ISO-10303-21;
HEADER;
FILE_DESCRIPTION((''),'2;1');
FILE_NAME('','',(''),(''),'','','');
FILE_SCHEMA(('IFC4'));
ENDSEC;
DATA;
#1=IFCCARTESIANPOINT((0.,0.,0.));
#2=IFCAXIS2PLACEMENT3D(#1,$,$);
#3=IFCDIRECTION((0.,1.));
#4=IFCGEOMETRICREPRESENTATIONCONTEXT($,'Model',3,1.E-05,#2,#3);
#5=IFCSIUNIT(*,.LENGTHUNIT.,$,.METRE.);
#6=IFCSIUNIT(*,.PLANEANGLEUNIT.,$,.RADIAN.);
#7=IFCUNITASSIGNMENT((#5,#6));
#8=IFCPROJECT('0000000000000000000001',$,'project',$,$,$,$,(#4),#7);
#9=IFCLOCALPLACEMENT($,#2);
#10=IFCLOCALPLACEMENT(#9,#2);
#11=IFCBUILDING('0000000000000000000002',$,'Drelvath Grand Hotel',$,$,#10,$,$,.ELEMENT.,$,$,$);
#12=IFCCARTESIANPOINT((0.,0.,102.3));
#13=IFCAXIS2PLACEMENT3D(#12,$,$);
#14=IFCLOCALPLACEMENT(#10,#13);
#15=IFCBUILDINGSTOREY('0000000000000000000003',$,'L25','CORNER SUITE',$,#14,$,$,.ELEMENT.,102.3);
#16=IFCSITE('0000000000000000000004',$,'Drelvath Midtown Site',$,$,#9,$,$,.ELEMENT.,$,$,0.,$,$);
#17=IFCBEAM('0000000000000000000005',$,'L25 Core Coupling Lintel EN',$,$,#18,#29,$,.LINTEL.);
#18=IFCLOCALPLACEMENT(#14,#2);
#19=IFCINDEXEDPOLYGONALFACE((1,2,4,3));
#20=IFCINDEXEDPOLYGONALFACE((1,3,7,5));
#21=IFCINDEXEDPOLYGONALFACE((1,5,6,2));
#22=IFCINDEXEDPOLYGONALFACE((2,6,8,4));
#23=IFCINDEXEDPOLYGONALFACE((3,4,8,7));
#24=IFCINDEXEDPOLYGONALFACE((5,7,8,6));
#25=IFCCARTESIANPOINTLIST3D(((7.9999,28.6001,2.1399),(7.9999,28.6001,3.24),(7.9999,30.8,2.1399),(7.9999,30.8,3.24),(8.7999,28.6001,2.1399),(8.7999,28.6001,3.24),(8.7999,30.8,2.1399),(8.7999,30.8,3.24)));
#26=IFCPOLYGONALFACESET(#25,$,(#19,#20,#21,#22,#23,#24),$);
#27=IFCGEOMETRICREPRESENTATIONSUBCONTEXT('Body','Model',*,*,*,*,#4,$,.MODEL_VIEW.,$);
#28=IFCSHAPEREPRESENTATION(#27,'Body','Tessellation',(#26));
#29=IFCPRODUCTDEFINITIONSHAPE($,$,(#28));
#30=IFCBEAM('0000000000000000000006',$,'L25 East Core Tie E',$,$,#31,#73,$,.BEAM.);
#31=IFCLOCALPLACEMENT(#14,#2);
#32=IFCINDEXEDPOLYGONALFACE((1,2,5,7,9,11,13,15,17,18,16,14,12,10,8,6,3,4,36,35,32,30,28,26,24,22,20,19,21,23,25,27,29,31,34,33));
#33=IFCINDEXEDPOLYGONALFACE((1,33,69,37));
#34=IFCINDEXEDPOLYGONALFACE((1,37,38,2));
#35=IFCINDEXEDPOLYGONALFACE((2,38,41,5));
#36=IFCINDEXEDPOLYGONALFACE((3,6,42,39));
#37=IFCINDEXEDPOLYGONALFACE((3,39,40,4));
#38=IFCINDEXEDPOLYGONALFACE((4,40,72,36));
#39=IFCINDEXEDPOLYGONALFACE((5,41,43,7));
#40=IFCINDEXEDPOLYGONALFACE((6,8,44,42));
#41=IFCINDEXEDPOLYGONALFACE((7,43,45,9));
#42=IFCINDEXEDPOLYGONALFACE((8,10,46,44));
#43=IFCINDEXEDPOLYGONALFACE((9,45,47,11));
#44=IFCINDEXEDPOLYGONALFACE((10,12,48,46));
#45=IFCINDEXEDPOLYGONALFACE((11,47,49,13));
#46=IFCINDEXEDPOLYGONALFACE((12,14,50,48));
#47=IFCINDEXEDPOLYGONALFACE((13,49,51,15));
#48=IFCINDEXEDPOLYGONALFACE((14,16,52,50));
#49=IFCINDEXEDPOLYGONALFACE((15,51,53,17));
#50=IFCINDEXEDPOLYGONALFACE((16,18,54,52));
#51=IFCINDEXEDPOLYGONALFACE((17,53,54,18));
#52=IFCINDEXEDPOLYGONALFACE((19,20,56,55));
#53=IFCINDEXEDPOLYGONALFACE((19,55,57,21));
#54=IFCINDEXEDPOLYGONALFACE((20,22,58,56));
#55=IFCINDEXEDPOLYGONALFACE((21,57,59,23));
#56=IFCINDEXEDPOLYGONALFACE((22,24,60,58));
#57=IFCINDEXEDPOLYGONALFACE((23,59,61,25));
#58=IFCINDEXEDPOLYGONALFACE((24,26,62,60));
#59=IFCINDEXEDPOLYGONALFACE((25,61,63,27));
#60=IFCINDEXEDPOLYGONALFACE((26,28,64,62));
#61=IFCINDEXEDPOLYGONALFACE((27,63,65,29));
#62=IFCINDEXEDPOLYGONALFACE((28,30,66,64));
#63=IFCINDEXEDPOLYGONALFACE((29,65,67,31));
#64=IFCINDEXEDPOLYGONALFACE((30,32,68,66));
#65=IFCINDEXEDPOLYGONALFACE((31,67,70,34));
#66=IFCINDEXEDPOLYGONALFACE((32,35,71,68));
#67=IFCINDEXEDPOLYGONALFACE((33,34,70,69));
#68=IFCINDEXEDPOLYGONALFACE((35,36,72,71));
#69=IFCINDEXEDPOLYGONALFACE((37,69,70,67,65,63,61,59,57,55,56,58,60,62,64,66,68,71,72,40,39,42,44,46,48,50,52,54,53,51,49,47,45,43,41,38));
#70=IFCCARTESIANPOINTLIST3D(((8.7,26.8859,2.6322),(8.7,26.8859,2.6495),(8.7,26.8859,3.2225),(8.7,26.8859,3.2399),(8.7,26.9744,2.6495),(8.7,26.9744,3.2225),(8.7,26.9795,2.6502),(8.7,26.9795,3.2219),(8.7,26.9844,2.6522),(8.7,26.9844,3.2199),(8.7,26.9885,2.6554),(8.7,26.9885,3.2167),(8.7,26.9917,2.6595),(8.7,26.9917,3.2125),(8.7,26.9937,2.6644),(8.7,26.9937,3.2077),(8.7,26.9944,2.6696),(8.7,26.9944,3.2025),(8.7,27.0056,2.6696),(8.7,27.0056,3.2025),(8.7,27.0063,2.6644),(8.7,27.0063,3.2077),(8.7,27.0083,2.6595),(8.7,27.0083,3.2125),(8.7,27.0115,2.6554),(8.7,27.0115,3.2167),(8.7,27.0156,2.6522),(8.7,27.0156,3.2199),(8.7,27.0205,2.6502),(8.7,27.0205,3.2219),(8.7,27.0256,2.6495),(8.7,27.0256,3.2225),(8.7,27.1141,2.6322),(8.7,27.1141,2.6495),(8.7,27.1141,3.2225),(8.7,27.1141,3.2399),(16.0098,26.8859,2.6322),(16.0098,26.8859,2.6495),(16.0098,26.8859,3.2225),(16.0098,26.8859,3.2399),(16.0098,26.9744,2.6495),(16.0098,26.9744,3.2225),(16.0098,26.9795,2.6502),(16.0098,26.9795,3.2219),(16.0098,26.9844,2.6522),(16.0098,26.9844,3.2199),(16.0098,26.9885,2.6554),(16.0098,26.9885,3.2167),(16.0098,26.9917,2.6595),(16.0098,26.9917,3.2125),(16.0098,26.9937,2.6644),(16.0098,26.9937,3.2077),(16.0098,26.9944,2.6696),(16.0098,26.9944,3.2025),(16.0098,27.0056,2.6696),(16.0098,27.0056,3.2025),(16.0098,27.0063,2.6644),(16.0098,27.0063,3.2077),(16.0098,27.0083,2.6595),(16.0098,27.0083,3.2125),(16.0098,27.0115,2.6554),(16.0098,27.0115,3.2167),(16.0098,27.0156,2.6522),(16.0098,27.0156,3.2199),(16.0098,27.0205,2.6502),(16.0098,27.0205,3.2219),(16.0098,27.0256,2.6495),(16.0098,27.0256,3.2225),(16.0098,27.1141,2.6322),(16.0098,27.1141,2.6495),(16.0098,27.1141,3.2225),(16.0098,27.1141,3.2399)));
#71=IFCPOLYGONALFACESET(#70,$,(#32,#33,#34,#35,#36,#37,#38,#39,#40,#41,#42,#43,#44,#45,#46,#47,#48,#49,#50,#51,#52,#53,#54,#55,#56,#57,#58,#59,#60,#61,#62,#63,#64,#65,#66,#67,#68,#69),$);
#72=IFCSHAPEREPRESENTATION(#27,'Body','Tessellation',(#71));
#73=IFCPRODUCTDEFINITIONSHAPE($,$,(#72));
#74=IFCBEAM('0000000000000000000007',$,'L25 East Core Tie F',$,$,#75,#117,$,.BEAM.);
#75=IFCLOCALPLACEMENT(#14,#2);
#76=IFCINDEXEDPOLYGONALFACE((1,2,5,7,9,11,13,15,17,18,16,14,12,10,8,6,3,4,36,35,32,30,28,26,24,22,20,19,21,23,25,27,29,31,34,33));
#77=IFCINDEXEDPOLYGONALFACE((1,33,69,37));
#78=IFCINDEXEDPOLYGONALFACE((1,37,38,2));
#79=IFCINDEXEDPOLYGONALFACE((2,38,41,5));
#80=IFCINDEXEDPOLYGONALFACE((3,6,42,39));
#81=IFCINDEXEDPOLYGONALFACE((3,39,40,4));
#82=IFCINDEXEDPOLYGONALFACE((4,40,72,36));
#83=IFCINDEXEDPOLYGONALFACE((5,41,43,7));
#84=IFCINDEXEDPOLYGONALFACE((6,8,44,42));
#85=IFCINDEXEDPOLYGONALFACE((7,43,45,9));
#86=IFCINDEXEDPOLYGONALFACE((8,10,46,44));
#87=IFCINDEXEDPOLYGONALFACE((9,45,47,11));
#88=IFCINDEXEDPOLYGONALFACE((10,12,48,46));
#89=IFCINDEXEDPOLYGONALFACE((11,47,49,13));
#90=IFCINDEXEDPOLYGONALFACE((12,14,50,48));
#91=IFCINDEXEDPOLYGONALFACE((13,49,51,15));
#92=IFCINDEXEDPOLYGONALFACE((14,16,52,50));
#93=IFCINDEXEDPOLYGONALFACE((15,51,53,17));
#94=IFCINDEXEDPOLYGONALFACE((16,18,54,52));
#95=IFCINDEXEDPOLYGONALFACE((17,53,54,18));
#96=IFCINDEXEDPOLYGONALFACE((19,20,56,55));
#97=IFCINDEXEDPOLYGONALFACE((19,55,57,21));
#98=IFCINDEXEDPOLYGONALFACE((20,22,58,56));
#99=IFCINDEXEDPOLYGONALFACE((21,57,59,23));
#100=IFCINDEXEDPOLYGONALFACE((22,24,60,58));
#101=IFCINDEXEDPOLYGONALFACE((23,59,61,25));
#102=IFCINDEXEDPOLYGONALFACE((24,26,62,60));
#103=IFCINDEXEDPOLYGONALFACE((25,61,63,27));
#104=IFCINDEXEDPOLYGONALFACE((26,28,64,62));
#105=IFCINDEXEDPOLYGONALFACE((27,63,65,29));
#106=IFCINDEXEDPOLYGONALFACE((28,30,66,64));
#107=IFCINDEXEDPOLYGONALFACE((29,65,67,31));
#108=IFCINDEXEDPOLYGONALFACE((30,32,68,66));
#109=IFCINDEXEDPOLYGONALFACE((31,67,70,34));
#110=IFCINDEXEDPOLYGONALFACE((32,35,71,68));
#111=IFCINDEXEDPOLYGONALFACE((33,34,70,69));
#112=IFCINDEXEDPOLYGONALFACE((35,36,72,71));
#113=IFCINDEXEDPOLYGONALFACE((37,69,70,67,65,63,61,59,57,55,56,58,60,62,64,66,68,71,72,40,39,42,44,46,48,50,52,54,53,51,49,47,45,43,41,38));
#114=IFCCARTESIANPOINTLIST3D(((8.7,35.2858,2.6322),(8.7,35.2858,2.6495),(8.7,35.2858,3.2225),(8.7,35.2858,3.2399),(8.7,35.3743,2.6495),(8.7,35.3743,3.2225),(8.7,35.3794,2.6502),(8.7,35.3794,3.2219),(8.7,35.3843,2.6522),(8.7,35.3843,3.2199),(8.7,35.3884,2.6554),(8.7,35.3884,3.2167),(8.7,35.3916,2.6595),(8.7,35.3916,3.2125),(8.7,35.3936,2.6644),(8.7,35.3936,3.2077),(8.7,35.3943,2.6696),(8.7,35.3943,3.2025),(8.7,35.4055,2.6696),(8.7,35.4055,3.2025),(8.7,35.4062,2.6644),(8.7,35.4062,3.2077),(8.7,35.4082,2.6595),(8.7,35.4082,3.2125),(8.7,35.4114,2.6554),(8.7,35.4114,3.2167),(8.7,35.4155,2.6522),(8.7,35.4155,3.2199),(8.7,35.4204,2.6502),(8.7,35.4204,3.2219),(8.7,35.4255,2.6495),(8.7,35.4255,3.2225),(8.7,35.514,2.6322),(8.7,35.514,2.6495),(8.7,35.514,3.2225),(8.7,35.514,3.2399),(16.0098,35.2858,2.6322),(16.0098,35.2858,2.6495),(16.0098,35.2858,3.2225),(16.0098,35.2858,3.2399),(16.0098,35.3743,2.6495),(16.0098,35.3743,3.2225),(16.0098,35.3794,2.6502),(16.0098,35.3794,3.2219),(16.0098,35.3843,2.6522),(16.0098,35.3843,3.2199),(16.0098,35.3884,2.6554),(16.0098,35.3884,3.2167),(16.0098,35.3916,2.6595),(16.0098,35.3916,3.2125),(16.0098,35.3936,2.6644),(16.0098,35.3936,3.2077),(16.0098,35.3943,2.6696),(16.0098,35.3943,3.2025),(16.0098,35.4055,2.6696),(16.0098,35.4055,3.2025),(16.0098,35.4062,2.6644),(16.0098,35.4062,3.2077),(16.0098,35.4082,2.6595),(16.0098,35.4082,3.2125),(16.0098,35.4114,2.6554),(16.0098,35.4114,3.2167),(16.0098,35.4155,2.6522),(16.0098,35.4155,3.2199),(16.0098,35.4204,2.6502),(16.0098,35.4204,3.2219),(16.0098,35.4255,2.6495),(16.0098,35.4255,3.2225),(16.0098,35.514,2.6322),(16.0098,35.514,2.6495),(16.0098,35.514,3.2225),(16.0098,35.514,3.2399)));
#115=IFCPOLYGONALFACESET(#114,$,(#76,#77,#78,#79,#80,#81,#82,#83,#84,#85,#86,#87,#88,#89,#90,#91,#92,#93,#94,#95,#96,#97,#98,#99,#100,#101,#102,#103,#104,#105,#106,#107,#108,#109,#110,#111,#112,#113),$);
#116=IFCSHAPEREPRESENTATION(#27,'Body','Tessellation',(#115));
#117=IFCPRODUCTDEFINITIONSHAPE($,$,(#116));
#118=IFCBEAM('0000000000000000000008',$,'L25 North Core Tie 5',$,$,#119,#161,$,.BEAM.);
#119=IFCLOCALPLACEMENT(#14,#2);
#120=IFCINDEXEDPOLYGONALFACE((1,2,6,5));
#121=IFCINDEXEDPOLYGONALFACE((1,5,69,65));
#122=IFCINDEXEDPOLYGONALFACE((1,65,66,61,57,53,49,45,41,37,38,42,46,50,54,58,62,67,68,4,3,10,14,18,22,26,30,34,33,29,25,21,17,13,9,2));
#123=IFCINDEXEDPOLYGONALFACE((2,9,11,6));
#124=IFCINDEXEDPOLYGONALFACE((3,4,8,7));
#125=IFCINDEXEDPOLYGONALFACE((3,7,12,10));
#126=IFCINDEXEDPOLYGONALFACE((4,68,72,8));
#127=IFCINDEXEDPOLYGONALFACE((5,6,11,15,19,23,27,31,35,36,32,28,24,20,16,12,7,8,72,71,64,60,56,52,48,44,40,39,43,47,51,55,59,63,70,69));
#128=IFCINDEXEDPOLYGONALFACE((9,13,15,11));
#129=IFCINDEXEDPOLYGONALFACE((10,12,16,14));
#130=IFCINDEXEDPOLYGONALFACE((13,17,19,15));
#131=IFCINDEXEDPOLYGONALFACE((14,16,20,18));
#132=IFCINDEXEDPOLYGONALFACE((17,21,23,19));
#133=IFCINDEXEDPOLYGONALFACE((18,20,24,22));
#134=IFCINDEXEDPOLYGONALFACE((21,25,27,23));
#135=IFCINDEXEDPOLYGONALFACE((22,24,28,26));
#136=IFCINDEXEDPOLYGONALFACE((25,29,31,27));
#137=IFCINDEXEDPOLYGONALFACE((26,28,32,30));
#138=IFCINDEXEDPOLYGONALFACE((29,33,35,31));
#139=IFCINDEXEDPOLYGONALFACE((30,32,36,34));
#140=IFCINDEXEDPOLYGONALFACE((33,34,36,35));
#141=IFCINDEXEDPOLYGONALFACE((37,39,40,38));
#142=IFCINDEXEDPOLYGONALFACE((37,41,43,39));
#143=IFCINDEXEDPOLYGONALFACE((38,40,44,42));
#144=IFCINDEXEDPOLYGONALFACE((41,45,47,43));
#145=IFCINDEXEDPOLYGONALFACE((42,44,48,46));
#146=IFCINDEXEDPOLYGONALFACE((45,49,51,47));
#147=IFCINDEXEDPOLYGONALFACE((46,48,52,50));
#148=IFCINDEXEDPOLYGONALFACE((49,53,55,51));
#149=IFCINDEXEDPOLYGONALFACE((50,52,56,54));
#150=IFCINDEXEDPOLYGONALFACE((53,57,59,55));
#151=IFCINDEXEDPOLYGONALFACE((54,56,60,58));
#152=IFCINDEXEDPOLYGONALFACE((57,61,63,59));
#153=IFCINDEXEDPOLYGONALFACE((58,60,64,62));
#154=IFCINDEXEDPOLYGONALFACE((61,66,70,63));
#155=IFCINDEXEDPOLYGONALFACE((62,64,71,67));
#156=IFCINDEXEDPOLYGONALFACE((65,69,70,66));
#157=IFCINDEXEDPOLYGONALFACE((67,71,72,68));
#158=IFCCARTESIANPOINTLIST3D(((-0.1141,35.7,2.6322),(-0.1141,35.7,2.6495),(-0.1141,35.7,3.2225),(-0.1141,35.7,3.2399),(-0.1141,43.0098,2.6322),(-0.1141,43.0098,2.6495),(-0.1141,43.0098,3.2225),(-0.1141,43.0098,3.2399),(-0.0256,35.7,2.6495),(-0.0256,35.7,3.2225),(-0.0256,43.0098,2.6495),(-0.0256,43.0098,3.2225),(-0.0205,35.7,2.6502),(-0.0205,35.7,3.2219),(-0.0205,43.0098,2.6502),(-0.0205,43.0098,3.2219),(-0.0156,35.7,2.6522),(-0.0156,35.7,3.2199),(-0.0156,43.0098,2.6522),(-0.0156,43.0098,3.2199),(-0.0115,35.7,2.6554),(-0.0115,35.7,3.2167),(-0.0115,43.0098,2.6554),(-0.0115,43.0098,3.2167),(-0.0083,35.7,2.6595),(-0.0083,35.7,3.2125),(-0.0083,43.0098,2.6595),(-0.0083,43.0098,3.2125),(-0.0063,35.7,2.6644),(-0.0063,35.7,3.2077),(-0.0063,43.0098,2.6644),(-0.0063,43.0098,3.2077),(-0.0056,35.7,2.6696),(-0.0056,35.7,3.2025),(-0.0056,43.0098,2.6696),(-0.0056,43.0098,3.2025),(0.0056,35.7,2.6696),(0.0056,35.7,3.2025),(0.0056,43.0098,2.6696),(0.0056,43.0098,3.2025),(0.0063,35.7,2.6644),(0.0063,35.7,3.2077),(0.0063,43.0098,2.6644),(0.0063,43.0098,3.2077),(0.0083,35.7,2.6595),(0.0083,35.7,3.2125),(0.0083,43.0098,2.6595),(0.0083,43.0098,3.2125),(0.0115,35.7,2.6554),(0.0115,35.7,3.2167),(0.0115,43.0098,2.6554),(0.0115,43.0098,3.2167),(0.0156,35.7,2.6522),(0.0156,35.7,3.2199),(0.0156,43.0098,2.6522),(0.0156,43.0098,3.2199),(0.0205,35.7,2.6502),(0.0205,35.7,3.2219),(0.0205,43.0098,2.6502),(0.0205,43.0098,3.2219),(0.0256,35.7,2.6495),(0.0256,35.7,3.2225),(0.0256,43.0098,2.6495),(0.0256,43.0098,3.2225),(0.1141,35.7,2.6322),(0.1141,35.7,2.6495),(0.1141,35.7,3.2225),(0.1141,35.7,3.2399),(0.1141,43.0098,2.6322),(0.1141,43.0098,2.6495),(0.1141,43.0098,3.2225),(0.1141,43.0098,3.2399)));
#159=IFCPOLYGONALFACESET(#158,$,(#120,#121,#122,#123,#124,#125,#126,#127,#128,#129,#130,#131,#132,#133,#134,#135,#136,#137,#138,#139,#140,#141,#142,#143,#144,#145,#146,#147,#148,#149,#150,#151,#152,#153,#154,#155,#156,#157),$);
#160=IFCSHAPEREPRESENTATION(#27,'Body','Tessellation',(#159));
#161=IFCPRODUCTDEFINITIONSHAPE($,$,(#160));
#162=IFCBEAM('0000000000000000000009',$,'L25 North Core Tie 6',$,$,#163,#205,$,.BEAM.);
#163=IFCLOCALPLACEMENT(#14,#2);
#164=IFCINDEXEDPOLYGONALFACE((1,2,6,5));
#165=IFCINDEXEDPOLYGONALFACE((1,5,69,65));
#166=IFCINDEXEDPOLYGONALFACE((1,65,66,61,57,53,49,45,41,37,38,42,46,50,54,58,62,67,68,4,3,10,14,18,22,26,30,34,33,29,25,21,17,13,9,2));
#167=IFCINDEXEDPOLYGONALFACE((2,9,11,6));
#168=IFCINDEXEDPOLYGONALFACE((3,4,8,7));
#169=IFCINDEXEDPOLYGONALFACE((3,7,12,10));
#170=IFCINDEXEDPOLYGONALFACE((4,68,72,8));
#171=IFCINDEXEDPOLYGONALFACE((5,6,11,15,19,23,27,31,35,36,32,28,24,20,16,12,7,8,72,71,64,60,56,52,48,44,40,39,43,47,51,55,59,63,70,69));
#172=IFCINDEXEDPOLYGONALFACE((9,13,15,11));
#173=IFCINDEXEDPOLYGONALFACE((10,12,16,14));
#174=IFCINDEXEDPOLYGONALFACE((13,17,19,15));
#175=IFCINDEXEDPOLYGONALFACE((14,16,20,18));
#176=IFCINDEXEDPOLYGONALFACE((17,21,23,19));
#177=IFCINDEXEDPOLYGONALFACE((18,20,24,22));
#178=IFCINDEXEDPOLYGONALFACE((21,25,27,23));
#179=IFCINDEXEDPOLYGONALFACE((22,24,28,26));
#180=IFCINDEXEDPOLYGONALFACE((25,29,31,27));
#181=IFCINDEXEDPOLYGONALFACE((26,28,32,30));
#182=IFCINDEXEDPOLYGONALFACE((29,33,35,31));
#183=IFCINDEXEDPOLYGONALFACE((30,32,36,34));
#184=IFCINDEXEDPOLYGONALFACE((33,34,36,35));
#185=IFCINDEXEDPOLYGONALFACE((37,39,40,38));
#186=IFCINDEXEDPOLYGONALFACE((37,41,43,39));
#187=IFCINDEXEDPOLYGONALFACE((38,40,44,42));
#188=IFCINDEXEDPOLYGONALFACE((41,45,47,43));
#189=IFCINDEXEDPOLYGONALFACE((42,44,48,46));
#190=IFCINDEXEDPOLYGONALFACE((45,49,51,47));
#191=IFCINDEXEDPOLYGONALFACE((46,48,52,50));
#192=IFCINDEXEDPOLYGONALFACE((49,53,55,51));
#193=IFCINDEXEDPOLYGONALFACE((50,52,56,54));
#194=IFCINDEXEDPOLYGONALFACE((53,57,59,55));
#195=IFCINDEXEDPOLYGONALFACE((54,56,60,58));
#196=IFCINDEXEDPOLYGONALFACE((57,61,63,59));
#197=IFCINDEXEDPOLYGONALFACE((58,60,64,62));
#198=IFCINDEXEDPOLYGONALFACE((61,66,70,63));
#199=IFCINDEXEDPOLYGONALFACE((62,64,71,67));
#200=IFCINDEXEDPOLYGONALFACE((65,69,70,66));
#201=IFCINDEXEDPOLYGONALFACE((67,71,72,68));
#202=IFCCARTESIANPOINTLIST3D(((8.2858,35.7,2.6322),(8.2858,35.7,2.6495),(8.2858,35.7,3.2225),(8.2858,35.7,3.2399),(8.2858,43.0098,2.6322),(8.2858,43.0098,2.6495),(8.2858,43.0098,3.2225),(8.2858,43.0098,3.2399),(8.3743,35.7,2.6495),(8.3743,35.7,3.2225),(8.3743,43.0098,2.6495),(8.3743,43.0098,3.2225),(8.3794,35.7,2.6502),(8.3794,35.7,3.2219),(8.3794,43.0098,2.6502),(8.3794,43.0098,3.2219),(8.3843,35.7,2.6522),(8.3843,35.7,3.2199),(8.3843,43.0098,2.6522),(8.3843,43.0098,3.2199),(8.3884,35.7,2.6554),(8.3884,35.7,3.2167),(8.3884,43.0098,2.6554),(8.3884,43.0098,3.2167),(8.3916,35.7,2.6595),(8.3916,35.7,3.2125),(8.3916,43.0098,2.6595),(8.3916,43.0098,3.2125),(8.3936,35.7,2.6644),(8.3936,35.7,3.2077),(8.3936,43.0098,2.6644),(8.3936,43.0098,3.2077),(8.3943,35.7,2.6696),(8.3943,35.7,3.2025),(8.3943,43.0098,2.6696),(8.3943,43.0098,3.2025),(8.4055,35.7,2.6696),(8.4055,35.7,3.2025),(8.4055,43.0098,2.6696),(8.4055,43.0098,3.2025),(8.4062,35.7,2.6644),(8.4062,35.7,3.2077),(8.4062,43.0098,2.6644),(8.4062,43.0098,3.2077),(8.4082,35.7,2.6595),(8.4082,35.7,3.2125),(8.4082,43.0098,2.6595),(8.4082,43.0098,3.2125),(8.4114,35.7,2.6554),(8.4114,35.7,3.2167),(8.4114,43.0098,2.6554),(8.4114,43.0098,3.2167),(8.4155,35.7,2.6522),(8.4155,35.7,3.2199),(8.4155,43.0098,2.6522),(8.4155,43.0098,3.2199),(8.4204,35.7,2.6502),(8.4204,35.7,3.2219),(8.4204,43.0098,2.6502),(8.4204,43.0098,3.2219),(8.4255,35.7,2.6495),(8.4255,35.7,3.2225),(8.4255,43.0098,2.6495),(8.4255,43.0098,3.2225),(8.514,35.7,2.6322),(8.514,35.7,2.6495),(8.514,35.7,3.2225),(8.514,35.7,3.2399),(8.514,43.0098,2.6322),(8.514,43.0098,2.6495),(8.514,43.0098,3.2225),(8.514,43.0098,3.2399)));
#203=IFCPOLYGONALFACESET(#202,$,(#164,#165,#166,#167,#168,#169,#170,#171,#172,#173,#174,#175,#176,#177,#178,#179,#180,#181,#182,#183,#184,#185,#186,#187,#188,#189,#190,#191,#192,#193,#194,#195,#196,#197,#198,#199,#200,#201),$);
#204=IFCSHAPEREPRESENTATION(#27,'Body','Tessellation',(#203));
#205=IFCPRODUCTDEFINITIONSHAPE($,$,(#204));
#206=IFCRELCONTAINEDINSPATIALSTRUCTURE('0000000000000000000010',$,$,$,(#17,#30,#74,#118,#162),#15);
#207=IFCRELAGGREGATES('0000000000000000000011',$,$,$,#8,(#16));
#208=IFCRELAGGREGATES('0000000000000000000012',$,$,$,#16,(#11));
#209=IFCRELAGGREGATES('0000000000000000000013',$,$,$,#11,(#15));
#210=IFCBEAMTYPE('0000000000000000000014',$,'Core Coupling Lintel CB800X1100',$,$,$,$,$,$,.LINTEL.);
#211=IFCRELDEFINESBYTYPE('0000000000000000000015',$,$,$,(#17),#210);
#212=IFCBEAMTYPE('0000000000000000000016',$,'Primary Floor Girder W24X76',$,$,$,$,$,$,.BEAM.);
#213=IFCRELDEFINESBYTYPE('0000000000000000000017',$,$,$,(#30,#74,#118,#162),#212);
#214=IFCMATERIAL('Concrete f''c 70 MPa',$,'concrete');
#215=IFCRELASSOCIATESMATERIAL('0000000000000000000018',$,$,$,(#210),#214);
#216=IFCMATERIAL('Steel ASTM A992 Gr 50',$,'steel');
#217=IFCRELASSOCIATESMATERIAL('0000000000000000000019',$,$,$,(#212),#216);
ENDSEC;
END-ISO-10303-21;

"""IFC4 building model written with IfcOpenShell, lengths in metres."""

from ifc_helpers import new_model, si_unit, direction, frame, origin, origin_2d, place, context, subcontext, project, spatial, rectangle, i_section, extrude, material, material_profile, profile_set, type_object, element, save


model = new_model("IFC4")

# Units and contexts
model_context = context("Model", 3, precision=1e-05, world=origin(), true_north=direction((0.0, 1.0)))
body_context = subcontext(model_context, "Body", "Model", "MODEL_VIEW")
ifc_project = project(units=[si_unit("LENGTHUNIT", "METRE"), si_unit("PLANEANGLEUNIT", "RADIAN")], contexts=[model_context])

# Site, building, storey
site_placement = place(None, origin())
site = spatial("IfcSite", under=ifc_project, at=site_placement, Name="Drelvath Midtown Site", CompositionType="ELEMENT", RefElevation=0.0)
building_placement = place(site_placement, origin())
building = spatial("IfcBuilding", under=site, at=building_placement, Name="Drelvath Grand Hotel", CompositionType="ELEMENT")
storey_placement = place(building_placement, frame((0.0, 0.0, 102.3)))
storey = spatial("IfcBuildingStorey", under=building, at=storey_placement, Name="L25", Description="CORNER SUITE", CompositionType="ELEMENT", Elevation=102.3)

# Beams
ifc_material_1 = material(Name="Concrete f'c 70 MPa", Category="concrete")
ifc_material_profile_1 = material_profile(ifc_material_1, rectangle(XDim=0.8, YDim=1.1001, at=origin_2d()), Name="CB800X1100")
ifc_profile_set_1 = profile_set([ifc_material_profile_1], Name="Concrete f'c 70 MPa")
beam_type_1 = type_object("IfcBeamType", Name="Core Coupling Lintel CB800X1100", PredefinedType="LINTEL", material=ifc_profile_set_1)
beam_placement = place(storey_placement, frame((8.3999, 28.6001, 2.6899), z_axis=(0.0, 1.0, 0.0), x_axis=(-1.0, 0.0, 0.0)))
element("IfcBeam", 1, at=beam_placement, inside=storey, type_object=beam_type_1, Name="L25 Core Coupling Lintel EN", PredefinedType="LINTEL", context=body_context, shape_type="SweptSolid", body=[
    extrude(rectangle(XDim=0.8, YDim=1.1001, at=origin_2d()), origin(), (0.0, 0.0, 1.0), 2.2),
])
ifc_material_2 = material(Name="Steel ASTM A992 Gr 50", Category="steel")
ifc_material_profile_2 = material_profile(ifc_material_2, i_section(OverallWidth=0.2283, OverallDepth=0.6077, WebThickness=0.0112, FlangeThickness=0.0173, FilletRadius=0.02, at=origin_2d()), Name="W24X76")
ifc_profile_set_2 = profile_set([ifc_material_profile_2], Name="Steel ASTM A992 Gr 50")
beam_type_2 = type_object("IfcBeamType", Name="Primary Floor Girder W24X76", PredefinedType="BEAM", material=ifc_profile_set_2)
for number, where, z_axis, x_axis, name in (
    (2, (8.7, 27.0, 2.936), (1.0, 0.0, 0.0), (0.0, 1.0, 0.0), "L25 East Core Tie E"),
    (3, (8.7, 35.3999, 2.936), (1.0, 0.0, 0.0), (0.0, 1.0, 0.0), "L25 East Core Tie F"),
    (4, (0.0, 35.7, 2.936), (0.0, 1.0, 0.0), (-1.0, 0.0, 0.0), "L25 North Core Tie 5"),
    (5, (8.3999, 35.7, 2.936), (0.0, 1.0, 0.0), (-1.0, 0.0, 0.0), "L25 North Core Tie 6"),
):
    element("IfcBeam", number, at=place(storey_placement, frame(where, z_axis=z_axis, x_axis=x_axis)), inside=storey, type_object=beam_type_2, Name=name, PredefinedType="BEAM", context=body_context, shape_type="SweptSolid", body=[
        extrude(i_section(OverallWidth=0.2283, OverallDepth=0.6077, WebThickness=0.0112, FlangeThickness=0.0173, FilletRadius=0.02, at=origin_2d()), origin(), (0.0, 0.0, 1.0), 7.3098),
    ])

save(model, "model.ifc")
